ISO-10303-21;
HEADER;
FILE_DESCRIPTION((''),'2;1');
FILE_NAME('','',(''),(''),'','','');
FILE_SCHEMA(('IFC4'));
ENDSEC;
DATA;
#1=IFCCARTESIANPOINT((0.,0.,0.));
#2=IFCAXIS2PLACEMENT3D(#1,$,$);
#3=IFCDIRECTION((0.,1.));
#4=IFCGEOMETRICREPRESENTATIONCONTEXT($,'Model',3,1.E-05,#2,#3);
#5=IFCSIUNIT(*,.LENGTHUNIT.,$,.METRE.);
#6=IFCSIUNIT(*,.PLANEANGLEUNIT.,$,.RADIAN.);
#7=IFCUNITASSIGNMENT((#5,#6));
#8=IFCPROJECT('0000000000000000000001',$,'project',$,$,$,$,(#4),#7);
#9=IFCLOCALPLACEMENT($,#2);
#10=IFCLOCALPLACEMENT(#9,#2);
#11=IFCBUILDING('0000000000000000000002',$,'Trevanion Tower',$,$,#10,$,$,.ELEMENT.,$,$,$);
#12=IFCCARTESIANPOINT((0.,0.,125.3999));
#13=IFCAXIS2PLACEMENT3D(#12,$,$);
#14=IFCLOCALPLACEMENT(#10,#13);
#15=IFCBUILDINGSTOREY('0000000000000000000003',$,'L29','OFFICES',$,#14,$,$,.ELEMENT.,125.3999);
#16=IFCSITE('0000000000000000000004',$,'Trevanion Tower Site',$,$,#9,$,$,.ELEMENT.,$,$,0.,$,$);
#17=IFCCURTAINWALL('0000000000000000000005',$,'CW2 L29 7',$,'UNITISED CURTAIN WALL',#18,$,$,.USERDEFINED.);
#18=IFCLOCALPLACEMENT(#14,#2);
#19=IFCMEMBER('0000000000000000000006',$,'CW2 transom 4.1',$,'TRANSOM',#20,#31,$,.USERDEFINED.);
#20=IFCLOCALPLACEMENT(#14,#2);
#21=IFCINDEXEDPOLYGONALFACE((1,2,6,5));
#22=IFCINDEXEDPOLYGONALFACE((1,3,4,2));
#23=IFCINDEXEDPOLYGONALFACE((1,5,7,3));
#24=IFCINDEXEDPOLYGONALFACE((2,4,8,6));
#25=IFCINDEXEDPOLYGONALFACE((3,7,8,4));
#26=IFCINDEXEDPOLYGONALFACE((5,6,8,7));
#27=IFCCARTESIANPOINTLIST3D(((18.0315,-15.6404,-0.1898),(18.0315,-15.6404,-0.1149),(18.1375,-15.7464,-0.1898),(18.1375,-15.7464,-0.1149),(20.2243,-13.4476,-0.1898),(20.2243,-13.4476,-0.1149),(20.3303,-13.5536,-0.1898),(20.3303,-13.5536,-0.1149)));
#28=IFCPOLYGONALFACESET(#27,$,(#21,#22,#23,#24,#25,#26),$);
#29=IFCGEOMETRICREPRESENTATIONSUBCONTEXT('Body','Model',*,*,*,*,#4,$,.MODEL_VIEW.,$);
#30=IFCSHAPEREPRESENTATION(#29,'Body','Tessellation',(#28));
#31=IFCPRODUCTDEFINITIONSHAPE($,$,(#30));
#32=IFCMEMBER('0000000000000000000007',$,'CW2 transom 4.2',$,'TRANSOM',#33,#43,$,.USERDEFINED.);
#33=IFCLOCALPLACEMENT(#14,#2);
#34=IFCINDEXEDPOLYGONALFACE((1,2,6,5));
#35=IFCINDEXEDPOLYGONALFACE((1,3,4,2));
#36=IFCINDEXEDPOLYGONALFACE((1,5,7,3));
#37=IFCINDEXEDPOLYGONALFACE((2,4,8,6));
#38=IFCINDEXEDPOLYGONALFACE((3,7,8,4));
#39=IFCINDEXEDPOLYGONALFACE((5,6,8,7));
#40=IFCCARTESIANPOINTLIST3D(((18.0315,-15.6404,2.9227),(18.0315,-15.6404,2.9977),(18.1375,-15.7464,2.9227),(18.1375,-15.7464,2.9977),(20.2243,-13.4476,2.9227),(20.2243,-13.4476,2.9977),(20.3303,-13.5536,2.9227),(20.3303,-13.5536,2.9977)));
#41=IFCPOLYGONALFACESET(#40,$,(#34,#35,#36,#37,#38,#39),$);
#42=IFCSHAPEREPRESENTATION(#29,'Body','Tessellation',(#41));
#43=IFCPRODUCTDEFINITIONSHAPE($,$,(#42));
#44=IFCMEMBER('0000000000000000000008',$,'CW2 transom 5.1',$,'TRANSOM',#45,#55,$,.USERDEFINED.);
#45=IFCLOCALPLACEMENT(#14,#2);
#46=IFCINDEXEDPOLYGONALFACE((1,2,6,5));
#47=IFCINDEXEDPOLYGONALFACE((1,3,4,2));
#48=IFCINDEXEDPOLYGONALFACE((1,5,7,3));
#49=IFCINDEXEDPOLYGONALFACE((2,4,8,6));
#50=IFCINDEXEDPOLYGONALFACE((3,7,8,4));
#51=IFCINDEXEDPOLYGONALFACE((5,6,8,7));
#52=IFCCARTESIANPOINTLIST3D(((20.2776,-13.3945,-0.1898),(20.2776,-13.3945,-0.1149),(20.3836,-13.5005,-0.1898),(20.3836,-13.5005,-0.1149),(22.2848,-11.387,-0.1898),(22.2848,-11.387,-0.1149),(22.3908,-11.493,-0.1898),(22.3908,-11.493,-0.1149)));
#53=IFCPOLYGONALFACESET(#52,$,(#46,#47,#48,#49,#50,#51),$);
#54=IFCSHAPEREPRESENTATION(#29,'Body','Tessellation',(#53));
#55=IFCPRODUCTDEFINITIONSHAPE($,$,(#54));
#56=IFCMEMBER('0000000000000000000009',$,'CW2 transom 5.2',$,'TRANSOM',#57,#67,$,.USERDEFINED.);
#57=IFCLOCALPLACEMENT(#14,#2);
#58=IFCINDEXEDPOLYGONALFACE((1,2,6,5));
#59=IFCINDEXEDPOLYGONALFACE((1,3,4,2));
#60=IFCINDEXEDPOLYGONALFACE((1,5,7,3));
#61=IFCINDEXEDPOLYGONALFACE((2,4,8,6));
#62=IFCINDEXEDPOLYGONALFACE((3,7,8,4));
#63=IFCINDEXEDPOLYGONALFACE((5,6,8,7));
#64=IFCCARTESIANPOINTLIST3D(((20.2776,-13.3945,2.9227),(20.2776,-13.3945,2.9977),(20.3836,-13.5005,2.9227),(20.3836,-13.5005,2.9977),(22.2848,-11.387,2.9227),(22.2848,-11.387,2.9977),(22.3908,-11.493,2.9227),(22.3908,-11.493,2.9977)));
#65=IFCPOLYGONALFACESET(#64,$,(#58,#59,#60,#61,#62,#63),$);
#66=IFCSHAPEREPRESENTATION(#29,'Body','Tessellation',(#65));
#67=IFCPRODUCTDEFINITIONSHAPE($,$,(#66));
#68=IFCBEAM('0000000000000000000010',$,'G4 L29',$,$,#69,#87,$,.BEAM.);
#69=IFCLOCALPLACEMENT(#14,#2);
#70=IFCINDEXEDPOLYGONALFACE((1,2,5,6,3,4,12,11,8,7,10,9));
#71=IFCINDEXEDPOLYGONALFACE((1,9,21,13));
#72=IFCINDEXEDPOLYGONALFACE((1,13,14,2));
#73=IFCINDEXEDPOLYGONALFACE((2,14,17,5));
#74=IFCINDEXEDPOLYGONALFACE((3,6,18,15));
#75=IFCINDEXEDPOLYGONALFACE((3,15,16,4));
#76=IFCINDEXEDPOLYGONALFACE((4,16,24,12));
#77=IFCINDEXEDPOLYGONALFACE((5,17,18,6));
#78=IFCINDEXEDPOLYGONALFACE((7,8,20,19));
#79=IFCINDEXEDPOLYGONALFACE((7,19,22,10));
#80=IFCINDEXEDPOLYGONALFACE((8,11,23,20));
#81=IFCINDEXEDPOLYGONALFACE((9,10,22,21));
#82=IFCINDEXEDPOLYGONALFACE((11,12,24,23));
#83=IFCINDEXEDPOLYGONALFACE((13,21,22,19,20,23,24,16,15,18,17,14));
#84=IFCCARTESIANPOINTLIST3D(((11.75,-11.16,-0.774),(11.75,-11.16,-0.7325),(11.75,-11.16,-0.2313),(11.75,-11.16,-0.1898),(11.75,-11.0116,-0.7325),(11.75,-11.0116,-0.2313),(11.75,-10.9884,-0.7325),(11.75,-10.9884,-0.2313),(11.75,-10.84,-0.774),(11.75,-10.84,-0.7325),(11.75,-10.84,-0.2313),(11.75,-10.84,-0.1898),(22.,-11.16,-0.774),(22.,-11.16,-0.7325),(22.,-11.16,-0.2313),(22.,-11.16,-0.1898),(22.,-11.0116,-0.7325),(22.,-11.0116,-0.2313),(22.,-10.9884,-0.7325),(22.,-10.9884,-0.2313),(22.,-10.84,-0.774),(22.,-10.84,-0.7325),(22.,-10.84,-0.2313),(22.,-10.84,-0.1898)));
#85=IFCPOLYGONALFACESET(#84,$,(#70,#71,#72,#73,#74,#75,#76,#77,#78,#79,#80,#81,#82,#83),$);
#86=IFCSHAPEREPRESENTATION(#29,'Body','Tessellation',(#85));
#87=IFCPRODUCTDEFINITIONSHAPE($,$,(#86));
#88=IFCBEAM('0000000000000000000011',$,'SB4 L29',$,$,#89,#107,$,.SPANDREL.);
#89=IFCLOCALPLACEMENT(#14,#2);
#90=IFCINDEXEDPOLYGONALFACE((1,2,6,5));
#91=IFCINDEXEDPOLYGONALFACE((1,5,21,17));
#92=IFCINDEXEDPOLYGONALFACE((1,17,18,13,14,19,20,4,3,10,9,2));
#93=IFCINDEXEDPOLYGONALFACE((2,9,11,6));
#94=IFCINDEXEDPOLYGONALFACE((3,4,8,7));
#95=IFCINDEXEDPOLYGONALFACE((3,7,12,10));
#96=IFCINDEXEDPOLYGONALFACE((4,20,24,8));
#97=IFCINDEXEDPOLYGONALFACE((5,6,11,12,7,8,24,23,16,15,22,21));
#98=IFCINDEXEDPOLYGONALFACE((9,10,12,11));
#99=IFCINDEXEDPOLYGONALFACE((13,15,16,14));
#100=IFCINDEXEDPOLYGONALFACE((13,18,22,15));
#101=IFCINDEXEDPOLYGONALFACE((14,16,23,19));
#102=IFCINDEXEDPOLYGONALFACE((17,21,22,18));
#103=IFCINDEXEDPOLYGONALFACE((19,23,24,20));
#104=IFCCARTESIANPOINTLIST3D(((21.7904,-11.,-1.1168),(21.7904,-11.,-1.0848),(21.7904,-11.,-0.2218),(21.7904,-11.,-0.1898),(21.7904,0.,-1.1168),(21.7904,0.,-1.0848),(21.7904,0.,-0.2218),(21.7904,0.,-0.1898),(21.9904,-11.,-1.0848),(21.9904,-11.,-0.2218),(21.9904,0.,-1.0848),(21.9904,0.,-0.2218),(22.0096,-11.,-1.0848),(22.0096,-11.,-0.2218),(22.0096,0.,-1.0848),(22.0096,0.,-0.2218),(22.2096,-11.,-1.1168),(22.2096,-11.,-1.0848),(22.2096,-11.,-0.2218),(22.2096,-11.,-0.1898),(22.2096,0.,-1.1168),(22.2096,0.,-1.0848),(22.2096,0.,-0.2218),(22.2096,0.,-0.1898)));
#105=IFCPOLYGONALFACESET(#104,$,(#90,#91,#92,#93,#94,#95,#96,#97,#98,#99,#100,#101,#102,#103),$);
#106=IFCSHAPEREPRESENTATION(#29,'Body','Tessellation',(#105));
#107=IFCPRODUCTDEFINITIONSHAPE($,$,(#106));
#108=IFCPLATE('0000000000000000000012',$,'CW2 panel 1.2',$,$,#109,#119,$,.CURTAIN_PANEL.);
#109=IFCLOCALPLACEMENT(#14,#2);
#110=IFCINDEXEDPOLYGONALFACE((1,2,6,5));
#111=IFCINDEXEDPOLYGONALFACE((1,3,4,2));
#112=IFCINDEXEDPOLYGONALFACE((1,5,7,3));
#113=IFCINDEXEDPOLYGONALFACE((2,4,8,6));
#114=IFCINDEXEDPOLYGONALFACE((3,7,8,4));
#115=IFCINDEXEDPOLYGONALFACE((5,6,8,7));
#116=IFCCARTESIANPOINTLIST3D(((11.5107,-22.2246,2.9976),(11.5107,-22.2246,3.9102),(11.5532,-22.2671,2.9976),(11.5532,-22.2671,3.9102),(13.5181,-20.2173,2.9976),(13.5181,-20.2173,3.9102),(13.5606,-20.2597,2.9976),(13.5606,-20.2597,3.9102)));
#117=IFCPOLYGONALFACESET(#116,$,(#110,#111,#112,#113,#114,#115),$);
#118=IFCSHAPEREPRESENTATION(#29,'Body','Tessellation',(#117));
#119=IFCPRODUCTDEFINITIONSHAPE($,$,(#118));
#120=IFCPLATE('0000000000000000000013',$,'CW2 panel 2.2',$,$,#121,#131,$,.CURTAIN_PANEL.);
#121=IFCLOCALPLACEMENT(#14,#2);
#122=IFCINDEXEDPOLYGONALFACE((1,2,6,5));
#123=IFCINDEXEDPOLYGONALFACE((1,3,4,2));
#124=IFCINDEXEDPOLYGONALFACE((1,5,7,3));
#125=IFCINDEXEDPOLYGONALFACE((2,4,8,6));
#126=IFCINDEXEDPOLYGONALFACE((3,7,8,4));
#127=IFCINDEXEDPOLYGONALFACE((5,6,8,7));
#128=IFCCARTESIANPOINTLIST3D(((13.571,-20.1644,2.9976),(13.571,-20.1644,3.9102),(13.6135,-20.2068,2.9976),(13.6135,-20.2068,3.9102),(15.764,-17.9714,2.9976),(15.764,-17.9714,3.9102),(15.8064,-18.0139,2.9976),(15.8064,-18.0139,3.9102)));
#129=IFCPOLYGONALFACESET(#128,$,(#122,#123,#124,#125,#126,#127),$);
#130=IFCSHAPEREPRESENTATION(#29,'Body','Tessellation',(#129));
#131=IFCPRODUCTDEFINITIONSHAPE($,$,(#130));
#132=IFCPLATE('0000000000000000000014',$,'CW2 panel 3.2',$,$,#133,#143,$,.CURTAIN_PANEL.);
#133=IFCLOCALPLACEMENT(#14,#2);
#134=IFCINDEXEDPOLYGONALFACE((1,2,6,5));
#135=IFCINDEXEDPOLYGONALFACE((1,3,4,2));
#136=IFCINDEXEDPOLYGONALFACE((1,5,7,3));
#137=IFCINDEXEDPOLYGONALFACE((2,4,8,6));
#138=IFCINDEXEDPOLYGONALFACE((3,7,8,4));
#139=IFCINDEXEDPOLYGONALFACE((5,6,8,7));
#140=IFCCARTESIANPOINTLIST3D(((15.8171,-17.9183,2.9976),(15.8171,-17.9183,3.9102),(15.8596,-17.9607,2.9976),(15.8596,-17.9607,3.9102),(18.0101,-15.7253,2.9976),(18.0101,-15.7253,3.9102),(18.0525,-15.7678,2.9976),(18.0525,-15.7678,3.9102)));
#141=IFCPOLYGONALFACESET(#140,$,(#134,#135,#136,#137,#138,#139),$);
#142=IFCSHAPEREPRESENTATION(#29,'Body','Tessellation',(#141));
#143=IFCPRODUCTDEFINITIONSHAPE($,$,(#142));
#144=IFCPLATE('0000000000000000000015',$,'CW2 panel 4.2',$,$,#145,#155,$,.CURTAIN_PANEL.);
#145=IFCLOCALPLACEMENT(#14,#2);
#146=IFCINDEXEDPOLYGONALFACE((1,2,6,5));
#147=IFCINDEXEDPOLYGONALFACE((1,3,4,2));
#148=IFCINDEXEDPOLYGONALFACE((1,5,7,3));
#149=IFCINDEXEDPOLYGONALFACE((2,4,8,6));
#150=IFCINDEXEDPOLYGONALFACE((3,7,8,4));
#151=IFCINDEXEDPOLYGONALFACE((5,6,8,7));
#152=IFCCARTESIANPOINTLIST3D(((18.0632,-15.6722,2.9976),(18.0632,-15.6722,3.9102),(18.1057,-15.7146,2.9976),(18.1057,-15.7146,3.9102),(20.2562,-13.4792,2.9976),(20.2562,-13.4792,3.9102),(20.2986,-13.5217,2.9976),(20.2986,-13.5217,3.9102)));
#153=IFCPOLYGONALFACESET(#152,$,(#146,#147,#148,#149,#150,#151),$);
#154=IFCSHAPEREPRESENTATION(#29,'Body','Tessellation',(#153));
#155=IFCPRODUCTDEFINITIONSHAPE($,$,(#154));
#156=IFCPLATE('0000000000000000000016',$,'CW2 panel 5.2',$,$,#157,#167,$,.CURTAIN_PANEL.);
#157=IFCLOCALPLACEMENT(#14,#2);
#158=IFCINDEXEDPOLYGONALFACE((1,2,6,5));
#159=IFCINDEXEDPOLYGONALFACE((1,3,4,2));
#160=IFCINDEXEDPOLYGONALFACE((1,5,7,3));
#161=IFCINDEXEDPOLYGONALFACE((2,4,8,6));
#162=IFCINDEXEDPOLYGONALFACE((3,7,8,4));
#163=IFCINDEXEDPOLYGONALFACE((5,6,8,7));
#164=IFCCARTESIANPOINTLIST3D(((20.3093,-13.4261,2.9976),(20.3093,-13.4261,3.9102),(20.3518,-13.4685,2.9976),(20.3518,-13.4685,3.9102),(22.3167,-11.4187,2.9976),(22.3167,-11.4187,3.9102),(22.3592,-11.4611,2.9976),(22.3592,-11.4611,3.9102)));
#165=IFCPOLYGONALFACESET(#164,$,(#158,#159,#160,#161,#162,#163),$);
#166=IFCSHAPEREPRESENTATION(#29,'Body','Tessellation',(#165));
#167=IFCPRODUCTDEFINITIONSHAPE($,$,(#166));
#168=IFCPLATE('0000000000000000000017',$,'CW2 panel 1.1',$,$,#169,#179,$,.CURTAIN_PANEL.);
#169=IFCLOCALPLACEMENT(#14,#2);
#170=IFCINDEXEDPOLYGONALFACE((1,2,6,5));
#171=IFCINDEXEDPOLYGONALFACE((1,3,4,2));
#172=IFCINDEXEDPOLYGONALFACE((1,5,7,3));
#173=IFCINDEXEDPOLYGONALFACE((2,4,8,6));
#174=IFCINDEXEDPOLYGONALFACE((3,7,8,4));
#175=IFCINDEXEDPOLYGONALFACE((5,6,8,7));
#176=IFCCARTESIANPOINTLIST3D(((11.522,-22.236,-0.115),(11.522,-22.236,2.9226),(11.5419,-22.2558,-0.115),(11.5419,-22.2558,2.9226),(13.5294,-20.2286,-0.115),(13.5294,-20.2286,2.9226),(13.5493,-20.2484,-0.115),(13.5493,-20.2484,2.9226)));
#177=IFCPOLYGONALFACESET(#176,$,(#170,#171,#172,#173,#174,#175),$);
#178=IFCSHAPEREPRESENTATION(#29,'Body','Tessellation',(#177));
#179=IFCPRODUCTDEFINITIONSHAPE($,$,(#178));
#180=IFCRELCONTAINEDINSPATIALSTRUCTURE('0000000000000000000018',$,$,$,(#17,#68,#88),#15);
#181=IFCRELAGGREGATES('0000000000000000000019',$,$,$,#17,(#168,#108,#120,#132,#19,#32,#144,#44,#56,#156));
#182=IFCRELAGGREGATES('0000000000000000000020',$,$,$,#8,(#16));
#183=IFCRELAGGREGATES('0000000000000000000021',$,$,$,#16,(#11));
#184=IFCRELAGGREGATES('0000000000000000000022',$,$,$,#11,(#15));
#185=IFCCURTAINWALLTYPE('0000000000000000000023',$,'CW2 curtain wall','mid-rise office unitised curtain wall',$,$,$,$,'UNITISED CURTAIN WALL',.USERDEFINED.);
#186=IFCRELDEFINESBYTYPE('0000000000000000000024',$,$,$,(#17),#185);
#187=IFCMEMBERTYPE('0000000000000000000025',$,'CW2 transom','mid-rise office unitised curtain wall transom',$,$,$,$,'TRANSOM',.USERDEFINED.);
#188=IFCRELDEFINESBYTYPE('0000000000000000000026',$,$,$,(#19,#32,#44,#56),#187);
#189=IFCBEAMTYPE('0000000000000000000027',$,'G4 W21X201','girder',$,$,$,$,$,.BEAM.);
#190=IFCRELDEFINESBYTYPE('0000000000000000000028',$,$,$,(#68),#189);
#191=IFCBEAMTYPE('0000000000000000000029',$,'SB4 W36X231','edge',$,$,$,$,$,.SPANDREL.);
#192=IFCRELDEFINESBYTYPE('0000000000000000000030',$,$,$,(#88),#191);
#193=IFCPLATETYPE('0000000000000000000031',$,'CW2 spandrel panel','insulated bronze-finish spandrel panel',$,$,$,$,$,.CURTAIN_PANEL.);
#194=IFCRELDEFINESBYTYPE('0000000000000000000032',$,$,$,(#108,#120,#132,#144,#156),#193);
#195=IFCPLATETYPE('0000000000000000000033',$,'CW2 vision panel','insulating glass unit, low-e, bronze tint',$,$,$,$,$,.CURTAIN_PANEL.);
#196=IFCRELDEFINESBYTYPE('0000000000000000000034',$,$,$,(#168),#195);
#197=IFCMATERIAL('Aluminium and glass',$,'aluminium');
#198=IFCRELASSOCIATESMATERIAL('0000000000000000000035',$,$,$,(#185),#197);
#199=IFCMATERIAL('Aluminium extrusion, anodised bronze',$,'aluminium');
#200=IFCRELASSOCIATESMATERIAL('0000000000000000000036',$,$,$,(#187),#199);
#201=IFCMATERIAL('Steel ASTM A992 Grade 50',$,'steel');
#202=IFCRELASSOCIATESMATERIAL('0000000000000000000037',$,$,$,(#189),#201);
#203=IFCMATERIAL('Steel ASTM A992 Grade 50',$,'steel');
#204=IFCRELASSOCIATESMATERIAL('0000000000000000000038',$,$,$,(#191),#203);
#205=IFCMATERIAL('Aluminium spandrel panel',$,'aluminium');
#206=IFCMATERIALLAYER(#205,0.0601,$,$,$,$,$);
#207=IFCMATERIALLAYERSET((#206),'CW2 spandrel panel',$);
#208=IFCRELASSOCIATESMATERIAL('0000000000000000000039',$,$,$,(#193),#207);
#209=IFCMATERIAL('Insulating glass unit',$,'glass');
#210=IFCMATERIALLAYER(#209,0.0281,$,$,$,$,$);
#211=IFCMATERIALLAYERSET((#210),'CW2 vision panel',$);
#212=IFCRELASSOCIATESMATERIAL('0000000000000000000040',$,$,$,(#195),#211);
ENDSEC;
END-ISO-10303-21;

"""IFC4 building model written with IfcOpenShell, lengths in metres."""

from ifc_helpers import new_model, si_unit, direction, frame, origin, origin_2d, place, context, subcontext, project, spatial, rectangle, i_section, extrude, material, layer, layer_set, material_profile, profile_set, type_object, element, aggregate, save


model = new_model("IFC4")

# Units and contexts
model_context = context("Model", 3, precision=1e-05, world=origin(), true_north=direction((0.0, 1.0)))
body_context = subcontext(model_context, "Body", "Model", "MODEL_VIEW")
ifc_project = project(units=[si_unit("LENGTHUNIT", "METRE"), si_unit("PLANEANGLEUNIT", "RADIAN")], contexts=[model_context])

# Site, building, storey
site_placement = place(None, origin())
site = spatial("IfcSite", under=ifc_project, at=site_placement, Name="Trevanion Tower Site", CompositionType="ELEMENT", RefElevation=0.0)
building_placement = place(site_placement, origin())
building = spatial("IfcBuilding", under=site, at=building_placement, Name="Trevanion Tower", CompositionType="ELEMENT")
storey_placement = place(building_placement, frame((0.0, 0.0, 125.3999)))
storey = spatial("IfcBuildingStorey", under=building, at=storey_placement, Name="L29", Description="OFFICES", CompositionType="ELEMENT", Elevation=125.3999)

# Curtain wall, members
ifc_material_1 = material(Name="Aluminium and glass", Category="aluminium")
curtain_wall_type = type_object("IfcCurtainWallType", Name="CW2 curtain wall", Description="mid-rise office unitised curtain wall", ElementType="UNITISED CURTAIN WALL", PredefinedType="USERDEFINED", material=ifc_material_1)
curtain_wall_placement = place(storey_placement, origin())
curtain_wall = element("IfcCurtainWall", 1, at=curtain_wall_placement, inside=storey, type_object=curtain_wall_type, Name="CW2 L29 7", ObjectType="UNITISED CURTAIN WALL", PredefinedType="USERDEFINED")
ifc_material_2 = material(Name="Aluminium extrusion, anodised bronze", Category="aluminium")
ifc_material_profile_1 = material_profile(ifc_material_2, rectangle(XDim=0.1499, YDim=0.075, at=origin_2d()), Name="CW2 transom")
ifc_profile_set_1 = profile_set([ifc_material_profile_1], Name="Aluminium extrusion, anodised bronze")
member_type_1 = type_object("IfcMemberType", Name="CW2 transom", Description="mid-rise office unitised curtain wall transom", ElementType="TRANSOM", PredefinedType="USERDEFINED", material=ifc_profile_set_1)
member_1_placement = place(storey_placement, frame((18.0845, -15.6934, -0.1523), z_axis=(0.707107, 0.707107, 0.0), x_axis=(-0.707107, 0.707107, 0.0)))
member_1 = element("IfcMember", 2, at=member_1_placement, type_object=member_type_1, Name="CW2 transom 4.1", ObjectType="TRANSOM", PredefinedType="USERDEFINED", context=body_context, shape_type="SweptSolid", body=[
    extrude(rectangle(XDim=0.1499, YDim=0.075, at=origin_2d()), origin(), (0.0, 0.0, 1.0), 3.1011),
])
member_2_placement = place(storey_placement, frame((18.0845, -15.6934, 2.9602), z_axis=(0.707107, 0.707107, 0.0), x_axis=(-0.707107, 0.707107, 0.0)))
member_2 = element("IfcMember", 3, at=member_2_placement, type_object=member_type_1, Name="CW2 transom 4.2", ObjectType="TRANSOM", PredefinedType="USERDEFINED", context=body_context, shape_type="SweptSolid", body=[
    extrude(rectangle(XDim=0.1499, YDim=0.075, at=origin_2d()), origin(), (0.0, 0.0, 1.0), 3.1011),
])
member_3_placement = place(storey_placement, frame((20.3306, -13.4475, -0.1523), z_axis=(0.707064, 0.70715, 0.0), x_axis=(-0.70715, 0.707064, 0.0)))
member_3 = element("IfcMember", 4, at=member_3_placement, type_object=member_type_1, Name="CW2 transom 5.1", ObjectType="TRANSOM", PredefinedType="USERDEFINED", context=body_context, shape_type="SweptSolid", body=[
    extrude(rectangle(XDim=0.1499, YDim=0.075, at=origin_2d()), origin(), (0.0, 0.0, 1.0), 2.8389),
])
member_4_placement = place(storey_placement, frame((20.3306, -13.4475, 2.9602), z_axis=(0.707064, 0.70715, 0.0), x_axis=(-0.70715, 0.707064, 0.0)))
member_4 = element("IfcMember", 5, at=member_4_placement, type_object=member_type_1, Name="CW2 transom 5.2", ObjectType="TRANSOM", PredefinedType="USERDEFINED", context=body_context, shape_type="SweptSolid", body=[
    extrude(rectangle(XDim=0.1499, YDim=0.075, at=origin_2d()), origin(), (0.0, 0.0, 1.0), 2.8389),
])

# Beams
ifc_material_3 = material(Name="Steel ASTM A992 Grade 50", Category="steel")
ifc_material_profile_2 = material_profile(ifc_material_3, i_section(OverallWidth=0.3201, OverallDepth=0.5842, WebThickness=0.0232, FlangeThickness=0.0415, at=origin_2d()), Name="W21X201")
ifc_profile_set_2 = profile_set([ifc_material_profile_2], Name="Steel ASTM A992 Grade 50")
beam_type_1 = type_object("IfcBeamType", Name="G4 W21X201", Description="girder", PredefinedType="BEAM", material=ifc_profile_set_2)
beam_1_placement = place(storey_placement, frame((11.75, -11.0, -0.4819), z_axis=(1.0, 0.0, 0.0), x_axis=(0.0, 1.0, 0.0)))
element("IfcBeam", 6, at=beam_1_placement, inside=storey, type_object=beam_type_1, Name="G4 L29", PredefinedType="BEAM", context=body_context, shape_type="SweptSolid", body=[
    extrude(i_section(OverallWidth=0.3201, OverallDepth=0.5842, WebThickness=0.0232, FlangeThickness=0.0415, at=origin_2d()), origin(), (0.0, 0.0, 1.0), 10.25),
])
ifc_material_4 = material(Name="Steel ASTM A992 Grade 50", Category="steel")
ifc_material_profile_3 = material_profile(ifc_material_4, i_section(OverallWidth=0.4192, OverallDepth=0.927, WebThickness=0.0193, FlangeThickness=0.032, at=origin_2d()), Name="W36X231")
ifc_profile_set_3 = profile_set([ifc_material_profile_3], Name="Steel ASTM A992 Grade 50")
beam_type_2 = type_object("IfcBeamType", Name="SB4 W36X231", Description="edge", PredefinedType="SPANDREL", material=ifc_profile_set_3)
beam_2_placement = place(storey_placement, frame((22.0, -11.0, -0.6533), z_axis=(0.0, 1.0, 0.0), x_axis=(-1.0, 0.0, 0.0)))
element("IfcBeam", 7, at=beam_2_placement, inside=storey, type_object=beam_type_2, Name="SB4 L29", PredefinedType="SPANDREL", context=body_context, shape_type="SweptSolid", body=[
    extrude(i_section(OverallWidth=0.4192, OverallDepth=0.927, WebThickness=0.0193, FlangeThickness=0.032, at=origin_2d()), origin(), (0.0, 0.0, 1.0), 11.0),
])

# Plates
ifc_material_5 = material(Name="Aluminium spandrel panel", Category="aluminium")
ifc_layer_1 = layer(ifc_material_5, 0.0601)
ifc_layer_set_1 = layer_set([ifc_layer_1], Name="CW2 spandrel panel")
plate_type_1 = type_object("IfcPlateType", Name="CW2 spandrel panel", Description="insulated bronze-finish spandrel panel", PredefinedType="CURTAIN_PANEL", material=ifc_layer_set_1)
plate_1_placement = place(storey_placement, frame((12.5356, -21.2422, 2.9976), z_axis=(0.0, 0.0, 1.0), x_axis=(0.707107, 0.707107, 0.0)))
plate_1 = element("IfcPlate", 8, at=plate_1_placement, type_object=plate_type_1, Name="CW2 panel 1.2", PredefinedType="CURTAIN_PANEL", context=body_context, shape_type="SweptSolid", body=[
    extrude(rectangle(XDim=2.8389, YDim=0.0601, at=origin_2d()), origin(), (0.0, 0.0, 1.0), 0.9126),
])
plate_2_placement = place(storey_placement, frame((14.6887, -19.0891, 2.9976), z_axis=(0.0, 0.0, 1.0), x_axis=(0.707107, 0.707107, 0.0)))
plate_2 = element("IfcPlate", 9, at=plate_2_placement, type_object=plate_type_1, Name="CW2 panel 2.2", PredefinedType="CURTAIN_PANEL", context=body_context, shape_type="SweptSolid", body=[
    extrude(rectangle(XDim=3.1013, YDim=0.0601, at=origin_2d()), origin(), (0.0, 0.0, 1.0), 0.9126),
])
plate_3_placement = place(storey_placement, frame((16.9348, -16.843, 2.9976), z_axis=(0.0, 0.0, 1.0), x_axis=(0.707107, 0.707107, 0.0)))
plate_3 = element("IfcPlate", 10, at=plate_3_placement, type_object=plate_type_1, Name="CW2 panel 3.2", PredefinedType="CURTAIN_PANEL", context=body_context, shape_type="SweptSolid", body=[
    extrude(rectangle(XDim=3.1013, YDim=0.0601, at=origin_2d()), origin(), (0.0, 0.0, 1.0), 0.9126),
])
plate_4_placement = place(storey_placement, frame((19.1809, -14.5969, 2.9976), z_axis=(0.0, 0.0, 1.0), x_axis=(0.707107, 0.707107, 0.0)))
plate_4 = element("IfcPlate", 11, at=plate_4_placement, type_object=plate_type_1, Name="CW2 panel 4.2", PredefinedType="CURTAIN_PANEL", context=body_context, shape_type="SweptSolid", body=[
    extrude(rectangle(XDim=3.1013, YDim=0.0601, at=origin_2d()), origin(), (0.0, 0.0, 1.0), 0.9126),
])
plate_5_placement = place(storey_placement, frame((21.3342, -12.4436, 2.9976), z_axis=(0.0, 0.0, 1.0), x_axis=(0.707107, 0.707107, 0.0)))
plate_5 = element("IfcPlate", 12, at=plate_5_placement, type_object=plate_type_1, Name="CW2 panel 5.2", PredefinedType="CURTAIN_PANEL", context=body_context, shape_type="SweptSolid", body=[
    extrude(rectangle(XDim=2.8389, YDim=0.0601, at=origin_2d()), origin(), (0.0, 0.0, 1.0), 0.9126),
])
ifc_material_6 = material(Name="Insulating glass unit", Category="glass")
ifc_layer_2 = layer(ifc_material_6, 0.0281)
ifc_layer_set_2 = layer_set([ifc_layer_2], Name="CW2 vision panel")
plate_type_2 = type_object("IfcPlateType", Name="CW2 vision panel", Description="insulating glass unit, low-e, bronze tint", PredefinedType="CURTAIN_PANEL", material=ifc_layer_set_2)
plate_6_placement = place(storey_placement, frame((12.5356, -21.2422, -0.115), z_axis=(0.0, 0.0, 1.0), x_axis=(0.707107, 0.707107, 0.0)))
plate_6 = element("IfcPlate", 13, at=plate_6_placement, type_object=plate_type_2, Name="CW2 panel 1.1", PredefinedType="CURTAIN_PANEL", context=body_context, shape_type="SweptSolid", body=[
    extrude(rectangle(XDim=2.8389, YDim=0.0281, at=origin_2d()), origin(), (0.0, 0.0, 1.0), 3.0376),
])
aggregate(curtain_wall, [plate_6, plate_1, plate_2, plate_3, member_1, member_2, plate_4, member_3, member_4, plate_5])

save(model, "model.ifc")
